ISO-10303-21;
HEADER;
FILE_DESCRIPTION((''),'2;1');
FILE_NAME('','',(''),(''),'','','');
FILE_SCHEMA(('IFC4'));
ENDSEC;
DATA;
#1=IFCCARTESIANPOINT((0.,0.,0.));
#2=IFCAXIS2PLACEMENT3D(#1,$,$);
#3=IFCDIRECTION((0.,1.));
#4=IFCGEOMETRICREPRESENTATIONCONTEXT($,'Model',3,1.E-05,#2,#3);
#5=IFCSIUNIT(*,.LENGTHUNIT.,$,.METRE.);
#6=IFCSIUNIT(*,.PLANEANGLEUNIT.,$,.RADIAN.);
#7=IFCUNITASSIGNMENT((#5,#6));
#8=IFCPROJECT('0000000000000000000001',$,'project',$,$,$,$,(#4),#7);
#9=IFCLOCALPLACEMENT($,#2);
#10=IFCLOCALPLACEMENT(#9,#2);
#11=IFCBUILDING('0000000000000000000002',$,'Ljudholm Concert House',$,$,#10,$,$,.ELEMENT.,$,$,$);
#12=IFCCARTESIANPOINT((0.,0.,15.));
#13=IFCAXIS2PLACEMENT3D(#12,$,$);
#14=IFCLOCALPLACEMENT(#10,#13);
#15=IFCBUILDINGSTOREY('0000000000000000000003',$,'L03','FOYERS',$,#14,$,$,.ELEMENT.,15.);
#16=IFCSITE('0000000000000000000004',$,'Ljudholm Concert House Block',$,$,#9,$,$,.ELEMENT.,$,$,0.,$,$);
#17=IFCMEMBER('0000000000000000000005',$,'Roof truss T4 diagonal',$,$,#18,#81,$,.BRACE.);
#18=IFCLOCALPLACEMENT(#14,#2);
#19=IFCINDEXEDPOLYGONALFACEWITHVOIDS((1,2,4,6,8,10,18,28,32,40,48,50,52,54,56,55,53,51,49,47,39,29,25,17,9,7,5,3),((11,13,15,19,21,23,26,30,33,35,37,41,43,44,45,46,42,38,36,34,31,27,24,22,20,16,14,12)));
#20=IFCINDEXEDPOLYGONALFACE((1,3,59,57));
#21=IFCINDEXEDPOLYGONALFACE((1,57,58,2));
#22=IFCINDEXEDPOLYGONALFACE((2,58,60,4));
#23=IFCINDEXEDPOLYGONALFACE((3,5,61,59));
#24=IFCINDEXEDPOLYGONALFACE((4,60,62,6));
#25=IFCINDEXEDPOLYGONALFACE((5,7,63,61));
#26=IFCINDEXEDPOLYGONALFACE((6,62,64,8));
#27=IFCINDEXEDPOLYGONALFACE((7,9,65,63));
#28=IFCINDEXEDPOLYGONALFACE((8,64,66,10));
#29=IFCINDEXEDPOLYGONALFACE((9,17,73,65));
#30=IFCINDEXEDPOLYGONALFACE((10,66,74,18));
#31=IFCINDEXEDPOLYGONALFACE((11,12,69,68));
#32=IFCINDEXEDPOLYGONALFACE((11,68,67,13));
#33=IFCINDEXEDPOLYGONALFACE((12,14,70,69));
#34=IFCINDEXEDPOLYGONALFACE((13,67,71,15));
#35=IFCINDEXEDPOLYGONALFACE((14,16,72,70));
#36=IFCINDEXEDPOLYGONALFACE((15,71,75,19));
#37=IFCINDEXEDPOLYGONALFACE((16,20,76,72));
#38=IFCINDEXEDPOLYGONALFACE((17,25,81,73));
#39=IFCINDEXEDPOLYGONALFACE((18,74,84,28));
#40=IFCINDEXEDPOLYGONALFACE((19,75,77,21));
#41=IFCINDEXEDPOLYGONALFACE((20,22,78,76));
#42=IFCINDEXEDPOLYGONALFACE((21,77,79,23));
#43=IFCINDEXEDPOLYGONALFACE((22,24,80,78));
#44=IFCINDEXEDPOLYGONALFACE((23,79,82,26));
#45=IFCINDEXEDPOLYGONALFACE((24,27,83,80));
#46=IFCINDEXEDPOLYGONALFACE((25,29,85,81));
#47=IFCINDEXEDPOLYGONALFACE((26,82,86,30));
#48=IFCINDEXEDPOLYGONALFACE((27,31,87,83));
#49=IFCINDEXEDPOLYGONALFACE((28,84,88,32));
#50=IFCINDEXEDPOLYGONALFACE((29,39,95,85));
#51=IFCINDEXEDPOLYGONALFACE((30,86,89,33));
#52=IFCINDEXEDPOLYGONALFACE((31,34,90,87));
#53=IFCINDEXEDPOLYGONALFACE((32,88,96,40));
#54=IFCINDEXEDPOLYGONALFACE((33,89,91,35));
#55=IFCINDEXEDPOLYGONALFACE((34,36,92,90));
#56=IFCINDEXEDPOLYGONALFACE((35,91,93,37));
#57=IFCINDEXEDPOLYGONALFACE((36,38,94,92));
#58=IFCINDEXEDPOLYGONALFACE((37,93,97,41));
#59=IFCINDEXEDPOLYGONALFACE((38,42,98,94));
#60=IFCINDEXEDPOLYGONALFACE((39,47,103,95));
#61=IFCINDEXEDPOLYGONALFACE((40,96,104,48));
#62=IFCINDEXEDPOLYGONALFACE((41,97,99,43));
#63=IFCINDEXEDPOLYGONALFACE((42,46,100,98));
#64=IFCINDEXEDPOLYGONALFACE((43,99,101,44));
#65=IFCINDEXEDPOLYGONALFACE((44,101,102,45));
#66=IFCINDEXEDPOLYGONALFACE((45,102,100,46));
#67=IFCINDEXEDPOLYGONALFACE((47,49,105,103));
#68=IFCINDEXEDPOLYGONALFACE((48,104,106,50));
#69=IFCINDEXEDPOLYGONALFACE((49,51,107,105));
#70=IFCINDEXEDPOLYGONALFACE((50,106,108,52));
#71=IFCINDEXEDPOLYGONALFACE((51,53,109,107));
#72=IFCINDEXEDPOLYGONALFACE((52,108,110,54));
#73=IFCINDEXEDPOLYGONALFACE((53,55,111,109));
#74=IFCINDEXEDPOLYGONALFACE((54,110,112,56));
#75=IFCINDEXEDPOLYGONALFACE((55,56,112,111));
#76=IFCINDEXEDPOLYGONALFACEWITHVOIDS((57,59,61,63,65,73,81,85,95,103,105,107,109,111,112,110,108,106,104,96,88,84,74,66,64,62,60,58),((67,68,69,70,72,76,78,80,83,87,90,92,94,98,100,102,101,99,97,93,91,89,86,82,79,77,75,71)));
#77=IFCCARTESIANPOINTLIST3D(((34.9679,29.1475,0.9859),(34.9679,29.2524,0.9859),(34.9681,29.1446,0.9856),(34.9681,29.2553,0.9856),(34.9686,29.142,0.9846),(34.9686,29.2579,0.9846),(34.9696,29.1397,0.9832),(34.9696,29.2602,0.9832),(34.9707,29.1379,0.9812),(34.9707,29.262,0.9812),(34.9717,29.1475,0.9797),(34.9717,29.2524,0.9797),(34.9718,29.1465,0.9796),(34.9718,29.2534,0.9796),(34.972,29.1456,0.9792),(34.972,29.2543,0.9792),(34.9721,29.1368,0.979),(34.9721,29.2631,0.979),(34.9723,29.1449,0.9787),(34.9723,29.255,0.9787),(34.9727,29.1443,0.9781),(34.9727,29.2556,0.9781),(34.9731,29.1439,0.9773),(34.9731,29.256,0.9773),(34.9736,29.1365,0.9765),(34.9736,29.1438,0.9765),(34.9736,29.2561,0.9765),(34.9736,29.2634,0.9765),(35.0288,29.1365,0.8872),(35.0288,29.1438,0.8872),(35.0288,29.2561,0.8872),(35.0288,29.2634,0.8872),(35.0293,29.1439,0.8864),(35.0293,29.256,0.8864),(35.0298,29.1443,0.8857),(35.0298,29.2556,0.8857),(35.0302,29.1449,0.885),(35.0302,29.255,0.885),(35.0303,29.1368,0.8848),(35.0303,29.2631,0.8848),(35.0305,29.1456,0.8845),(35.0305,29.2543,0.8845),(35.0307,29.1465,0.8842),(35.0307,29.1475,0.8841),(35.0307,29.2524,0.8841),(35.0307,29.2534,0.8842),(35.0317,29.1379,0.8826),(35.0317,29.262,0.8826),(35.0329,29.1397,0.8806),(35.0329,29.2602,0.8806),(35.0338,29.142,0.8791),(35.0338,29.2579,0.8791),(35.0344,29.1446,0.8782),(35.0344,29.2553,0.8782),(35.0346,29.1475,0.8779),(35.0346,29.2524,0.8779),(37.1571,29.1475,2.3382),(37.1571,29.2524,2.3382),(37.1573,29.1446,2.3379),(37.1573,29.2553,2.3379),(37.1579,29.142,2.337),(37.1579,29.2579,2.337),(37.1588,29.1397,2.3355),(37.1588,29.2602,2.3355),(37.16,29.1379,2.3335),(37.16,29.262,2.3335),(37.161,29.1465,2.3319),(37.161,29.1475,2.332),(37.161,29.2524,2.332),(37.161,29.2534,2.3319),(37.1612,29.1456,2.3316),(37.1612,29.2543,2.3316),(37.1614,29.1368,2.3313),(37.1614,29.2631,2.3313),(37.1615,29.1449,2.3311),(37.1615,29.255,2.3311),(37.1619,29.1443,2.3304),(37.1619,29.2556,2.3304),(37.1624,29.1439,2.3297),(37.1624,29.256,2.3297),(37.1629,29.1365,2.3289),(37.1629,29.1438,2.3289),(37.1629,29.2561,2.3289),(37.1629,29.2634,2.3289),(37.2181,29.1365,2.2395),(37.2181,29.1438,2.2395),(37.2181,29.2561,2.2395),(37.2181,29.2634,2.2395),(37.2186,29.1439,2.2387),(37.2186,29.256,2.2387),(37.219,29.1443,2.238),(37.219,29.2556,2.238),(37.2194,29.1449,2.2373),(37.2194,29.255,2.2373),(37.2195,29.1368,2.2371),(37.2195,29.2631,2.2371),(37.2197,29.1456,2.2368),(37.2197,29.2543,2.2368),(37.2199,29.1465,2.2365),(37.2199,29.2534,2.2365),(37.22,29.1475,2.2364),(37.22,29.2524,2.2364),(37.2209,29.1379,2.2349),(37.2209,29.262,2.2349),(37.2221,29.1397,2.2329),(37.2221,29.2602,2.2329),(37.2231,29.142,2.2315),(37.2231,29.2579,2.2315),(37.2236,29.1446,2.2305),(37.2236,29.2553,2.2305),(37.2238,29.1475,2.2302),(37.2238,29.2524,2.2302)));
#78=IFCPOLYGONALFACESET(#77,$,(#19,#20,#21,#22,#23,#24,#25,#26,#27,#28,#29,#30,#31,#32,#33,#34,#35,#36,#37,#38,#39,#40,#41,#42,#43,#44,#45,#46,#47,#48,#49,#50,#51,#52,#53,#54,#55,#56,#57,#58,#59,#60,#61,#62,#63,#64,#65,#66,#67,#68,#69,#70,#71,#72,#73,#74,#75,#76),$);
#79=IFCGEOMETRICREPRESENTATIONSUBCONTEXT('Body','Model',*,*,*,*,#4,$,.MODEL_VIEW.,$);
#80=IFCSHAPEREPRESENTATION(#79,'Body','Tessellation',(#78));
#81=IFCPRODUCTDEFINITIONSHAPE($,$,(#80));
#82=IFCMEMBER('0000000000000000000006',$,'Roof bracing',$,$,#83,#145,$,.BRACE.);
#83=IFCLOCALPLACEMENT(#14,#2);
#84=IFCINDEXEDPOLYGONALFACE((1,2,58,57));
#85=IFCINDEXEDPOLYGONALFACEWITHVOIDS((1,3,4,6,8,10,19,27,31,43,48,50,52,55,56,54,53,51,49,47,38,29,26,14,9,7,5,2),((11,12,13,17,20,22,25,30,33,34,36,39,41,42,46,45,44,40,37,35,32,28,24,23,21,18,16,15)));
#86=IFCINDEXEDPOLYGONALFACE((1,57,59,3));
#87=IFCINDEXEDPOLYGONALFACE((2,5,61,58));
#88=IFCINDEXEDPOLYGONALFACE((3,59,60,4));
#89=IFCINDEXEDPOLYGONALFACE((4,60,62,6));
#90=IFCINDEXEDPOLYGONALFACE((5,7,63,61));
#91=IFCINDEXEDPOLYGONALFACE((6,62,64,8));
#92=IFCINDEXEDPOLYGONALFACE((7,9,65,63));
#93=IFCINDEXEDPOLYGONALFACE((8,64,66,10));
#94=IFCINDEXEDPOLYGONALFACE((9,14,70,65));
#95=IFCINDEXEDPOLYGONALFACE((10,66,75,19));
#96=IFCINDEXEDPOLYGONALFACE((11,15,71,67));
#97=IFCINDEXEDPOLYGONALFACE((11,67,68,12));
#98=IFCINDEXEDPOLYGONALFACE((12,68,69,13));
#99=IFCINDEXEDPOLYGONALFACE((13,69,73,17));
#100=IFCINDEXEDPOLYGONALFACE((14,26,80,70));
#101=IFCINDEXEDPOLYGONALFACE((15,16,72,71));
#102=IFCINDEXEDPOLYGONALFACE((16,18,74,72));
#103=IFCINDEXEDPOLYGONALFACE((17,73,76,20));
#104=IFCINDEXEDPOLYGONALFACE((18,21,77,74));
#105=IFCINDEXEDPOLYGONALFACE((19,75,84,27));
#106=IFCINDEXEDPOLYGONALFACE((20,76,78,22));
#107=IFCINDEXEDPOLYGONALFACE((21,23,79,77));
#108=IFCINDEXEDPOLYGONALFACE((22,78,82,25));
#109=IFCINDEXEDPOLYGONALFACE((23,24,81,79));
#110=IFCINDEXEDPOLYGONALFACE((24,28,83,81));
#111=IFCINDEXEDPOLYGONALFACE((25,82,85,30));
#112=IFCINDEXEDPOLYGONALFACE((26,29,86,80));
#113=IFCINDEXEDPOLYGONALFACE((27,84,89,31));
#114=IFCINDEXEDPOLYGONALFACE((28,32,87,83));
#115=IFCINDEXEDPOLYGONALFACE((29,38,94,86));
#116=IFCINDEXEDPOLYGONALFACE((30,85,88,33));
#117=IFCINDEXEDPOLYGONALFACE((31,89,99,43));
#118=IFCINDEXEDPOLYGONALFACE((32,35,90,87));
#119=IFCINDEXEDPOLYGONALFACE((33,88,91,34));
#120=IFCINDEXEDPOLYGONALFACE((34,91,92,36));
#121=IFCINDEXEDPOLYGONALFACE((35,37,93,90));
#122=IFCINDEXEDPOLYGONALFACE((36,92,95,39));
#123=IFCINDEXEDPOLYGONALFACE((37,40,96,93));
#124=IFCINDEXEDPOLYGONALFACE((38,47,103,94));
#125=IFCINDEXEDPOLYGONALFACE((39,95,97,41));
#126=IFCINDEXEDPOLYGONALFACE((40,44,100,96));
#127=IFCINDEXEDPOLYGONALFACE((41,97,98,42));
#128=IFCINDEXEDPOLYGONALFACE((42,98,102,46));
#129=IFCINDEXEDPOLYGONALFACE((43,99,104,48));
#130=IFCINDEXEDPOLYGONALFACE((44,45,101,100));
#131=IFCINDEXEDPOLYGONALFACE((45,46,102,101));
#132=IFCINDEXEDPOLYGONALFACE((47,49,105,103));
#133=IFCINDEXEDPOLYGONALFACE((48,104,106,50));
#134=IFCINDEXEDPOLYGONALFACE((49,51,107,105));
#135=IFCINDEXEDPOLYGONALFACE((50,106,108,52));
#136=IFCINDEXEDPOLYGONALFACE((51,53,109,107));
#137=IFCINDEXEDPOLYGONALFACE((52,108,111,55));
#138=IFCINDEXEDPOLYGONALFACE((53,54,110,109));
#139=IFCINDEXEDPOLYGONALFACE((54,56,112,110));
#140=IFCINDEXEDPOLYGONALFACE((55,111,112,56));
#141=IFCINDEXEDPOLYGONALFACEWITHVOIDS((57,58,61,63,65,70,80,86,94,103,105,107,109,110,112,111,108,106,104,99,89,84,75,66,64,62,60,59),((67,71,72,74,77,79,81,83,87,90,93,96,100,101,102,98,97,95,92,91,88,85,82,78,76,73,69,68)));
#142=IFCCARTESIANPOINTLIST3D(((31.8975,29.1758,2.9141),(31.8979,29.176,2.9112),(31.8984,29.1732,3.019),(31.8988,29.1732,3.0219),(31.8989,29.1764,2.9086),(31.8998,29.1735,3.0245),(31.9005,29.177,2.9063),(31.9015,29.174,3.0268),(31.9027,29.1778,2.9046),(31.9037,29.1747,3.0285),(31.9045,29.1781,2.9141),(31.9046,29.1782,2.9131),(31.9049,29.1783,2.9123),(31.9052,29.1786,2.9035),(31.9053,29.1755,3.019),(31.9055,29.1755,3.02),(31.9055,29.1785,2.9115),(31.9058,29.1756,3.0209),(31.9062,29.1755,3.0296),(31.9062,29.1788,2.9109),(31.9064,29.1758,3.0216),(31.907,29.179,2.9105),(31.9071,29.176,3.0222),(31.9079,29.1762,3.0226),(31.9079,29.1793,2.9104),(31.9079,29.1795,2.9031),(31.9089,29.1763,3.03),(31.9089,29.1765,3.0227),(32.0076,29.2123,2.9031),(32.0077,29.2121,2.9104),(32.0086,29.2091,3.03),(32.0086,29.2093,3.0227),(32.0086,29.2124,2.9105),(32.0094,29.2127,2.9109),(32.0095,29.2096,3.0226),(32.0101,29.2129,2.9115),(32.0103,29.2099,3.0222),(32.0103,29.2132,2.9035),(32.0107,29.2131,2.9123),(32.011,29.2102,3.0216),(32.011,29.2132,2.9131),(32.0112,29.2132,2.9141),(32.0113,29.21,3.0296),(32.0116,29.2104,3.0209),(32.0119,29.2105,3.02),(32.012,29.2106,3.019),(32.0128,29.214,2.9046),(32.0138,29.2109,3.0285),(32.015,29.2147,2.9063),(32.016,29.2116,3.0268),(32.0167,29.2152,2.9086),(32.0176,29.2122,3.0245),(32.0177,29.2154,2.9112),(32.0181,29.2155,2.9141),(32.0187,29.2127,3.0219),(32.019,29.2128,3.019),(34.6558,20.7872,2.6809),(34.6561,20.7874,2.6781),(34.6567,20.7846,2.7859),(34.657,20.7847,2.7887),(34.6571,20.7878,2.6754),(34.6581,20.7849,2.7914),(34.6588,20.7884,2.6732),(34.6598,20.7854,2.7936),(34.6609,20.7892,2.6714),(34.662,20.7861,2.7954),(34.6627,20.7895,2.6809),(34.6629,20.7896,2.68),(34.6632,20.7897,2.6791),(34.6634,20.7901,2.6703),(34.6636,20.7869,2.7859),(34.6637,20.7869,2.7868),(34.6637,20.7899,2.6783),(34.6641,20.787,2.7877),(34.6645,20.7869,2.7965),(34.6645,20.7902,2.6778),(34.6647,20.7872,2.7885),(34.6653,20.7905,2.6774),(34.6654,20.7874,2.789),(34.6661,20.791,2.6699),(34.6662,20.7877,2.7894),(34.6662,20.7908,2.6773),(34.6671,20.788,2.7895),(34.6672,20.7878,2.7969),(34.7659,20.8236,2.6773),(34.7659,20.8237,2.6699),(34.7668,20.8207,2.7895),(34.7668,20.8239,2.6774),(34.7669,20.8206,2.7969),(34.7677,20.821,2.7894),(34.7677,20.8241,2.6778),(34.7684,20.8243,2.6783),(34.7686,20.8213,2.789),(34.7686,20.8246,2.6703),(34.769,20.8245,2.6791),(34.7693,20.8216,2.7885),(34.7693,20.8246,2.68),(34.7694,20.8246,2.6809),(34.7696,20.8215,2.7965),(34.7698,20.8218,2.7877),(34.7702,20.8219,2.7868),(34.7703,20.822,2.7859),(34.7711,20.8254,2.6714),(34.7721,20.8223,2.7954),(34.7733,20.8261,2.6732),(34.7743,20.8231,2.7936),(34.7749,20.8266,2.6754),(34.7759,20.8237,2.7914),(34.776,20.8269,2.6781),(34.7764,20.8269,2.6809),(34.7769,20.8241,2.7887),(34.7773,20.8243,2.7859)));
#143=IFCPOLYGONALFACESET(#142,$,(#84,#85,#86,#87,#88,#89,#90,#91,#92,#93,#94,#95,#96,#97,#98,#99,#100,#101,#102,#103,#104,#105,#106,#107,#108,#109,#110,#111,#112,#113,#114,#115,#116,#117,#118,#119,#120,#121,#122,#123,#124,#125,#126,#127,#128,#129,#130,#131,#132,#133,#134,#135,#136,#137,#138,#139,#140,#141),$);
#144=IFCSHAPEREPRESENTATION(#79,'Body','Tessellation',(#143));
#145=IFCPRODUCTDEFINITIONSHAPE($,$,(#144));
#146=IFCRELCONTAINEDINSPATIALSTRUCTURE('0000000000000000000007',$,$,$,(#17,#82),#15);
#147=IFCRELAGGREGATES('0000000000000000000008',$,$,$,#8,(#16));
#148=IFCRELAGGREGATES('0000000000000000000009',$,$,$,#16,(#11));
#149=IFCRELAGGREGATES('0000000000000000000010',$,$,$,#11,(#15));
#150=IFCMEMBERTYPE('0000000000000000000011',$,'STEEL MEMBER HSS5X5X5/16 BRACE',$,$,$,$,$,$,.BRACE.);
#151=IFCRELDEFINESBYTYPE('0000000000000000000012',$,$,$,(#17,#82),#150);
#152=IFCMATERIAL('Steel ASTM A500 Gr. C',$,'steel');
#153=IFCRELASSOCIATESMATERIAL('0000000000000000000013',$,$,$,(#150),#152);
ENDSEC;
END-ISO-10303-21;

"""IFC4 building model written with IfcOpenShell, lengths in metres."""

from ifc_helpers import new_model, si_unit, direction, frame, origin, origin_2d, place, context, subcontext, project, spatial, hollow_rectangle, extrude, material, material_profile, profile_set, type_object, element, save


model = new_model("IFC4")

# Units and contexts
model_context = context("Model", 3, precision=1e-05, world=origin(), true_north=direction((0.0, 1.0)))
body_context = subcontext(model_context, "Body", "Model", "MODEL_VIEW")
ifc_project = project(units=[si_unit("LENGTHUNIT", "METRE"), si_unit("PLANEANGLEUNIT", "RADIAN")], contexts=[model_context])

# Site, building, storey
site_placement = place(None, origin())
site = spatial("IfcSite", under=ifc_project, at=site_placement, Name="Ljudholm Concert House Block", CompositionType="ELEMENT", RefElevation=0.0)
building_placement = place(site_placement, origin())
building = spatial("IfcBuilding", under=site, at=building_placement, Name="Ljudholm Concert House", CompositionType="ELEMENT")
storey_placement = place(building_placement, frame((0.0, 0.0, 15.0)))
storey = spatial("IfcBuildingStorey", under=building, at=storey_placement, Name="L03", Description="FOYERS", CompositionType="ELEMENT", Elevation=15.0)

# Members
ifc_material_1 = material(Name="Steel ASTM A500 Gr. C", Category="steel")
ifc_material_profile_1 = material_profile(ifc_material_1, hollow_rectangle(XDim=0.127, YDim=0.127, WallThickness=0.0073, InnerFilletRadius=0.0037, OuterFilletRadius=0.011, at=origin_2d()), Name="HSS5X5X5/16")
ifc_profile_set_1 = profile_set([ifc_material_profile_1], Name="Steel ASTM A500 Gr. C")
member_type_1 = type_object("IfcMemberType", Name="STEEL MEMBER HSS5X5X5/16 BRACE", PredefinedType="BRACE", material=ifc_profile_set_1)
member_1_placement = place(storey_placement, frame((35.0012, 29.2, 0.9319), z_axis=(0.850774, 0.0, 0.525531), x_axis=(0.0, 1.0, 0.0)))
element("IfcMember", 1, at=member_1_placement, inside=storey, type_object=member_type_1, Name="Roof truss T4 diagonal", PredefinedType="BRACE", context=body_context, shape_type="SweptSolid", body=[
    extrude(hollow_rectangle(XDim=0.127, YDim=0.127, WallThickness=0.0073, InnerFilletRadius=0.0037, OuterFilletRadius=0.011, at=origin_2d()), origin(), (0.0, 0.0, 1.0), 2.5732),
])
member_2_placement = place(storey_placement, frame((31.9583, 29.1943, 2.9666), z_axis=(0.312251, -0.949633, -0.026394), x_axis=(0.949964, 0.31236, 0.0)))
element("IfcMember", 2, at=member_2_placement, inside=storey, type_object=member_type_1, Name="Roof bracing", PredefinedType="BRACE", context=body_context, shape_type="SweptSolid", body=[
    extrude(hollow_rectangle(XDim=0.127, YDim=0.127, WallThickness=0.0073, InnerFilletRadius=0.0037, OuterFilletRadius=0.011, at=origin_2d()), origin(), (0.0, 0.0, 1.0), 8.8335),
])

save(model, "model.ifc")
